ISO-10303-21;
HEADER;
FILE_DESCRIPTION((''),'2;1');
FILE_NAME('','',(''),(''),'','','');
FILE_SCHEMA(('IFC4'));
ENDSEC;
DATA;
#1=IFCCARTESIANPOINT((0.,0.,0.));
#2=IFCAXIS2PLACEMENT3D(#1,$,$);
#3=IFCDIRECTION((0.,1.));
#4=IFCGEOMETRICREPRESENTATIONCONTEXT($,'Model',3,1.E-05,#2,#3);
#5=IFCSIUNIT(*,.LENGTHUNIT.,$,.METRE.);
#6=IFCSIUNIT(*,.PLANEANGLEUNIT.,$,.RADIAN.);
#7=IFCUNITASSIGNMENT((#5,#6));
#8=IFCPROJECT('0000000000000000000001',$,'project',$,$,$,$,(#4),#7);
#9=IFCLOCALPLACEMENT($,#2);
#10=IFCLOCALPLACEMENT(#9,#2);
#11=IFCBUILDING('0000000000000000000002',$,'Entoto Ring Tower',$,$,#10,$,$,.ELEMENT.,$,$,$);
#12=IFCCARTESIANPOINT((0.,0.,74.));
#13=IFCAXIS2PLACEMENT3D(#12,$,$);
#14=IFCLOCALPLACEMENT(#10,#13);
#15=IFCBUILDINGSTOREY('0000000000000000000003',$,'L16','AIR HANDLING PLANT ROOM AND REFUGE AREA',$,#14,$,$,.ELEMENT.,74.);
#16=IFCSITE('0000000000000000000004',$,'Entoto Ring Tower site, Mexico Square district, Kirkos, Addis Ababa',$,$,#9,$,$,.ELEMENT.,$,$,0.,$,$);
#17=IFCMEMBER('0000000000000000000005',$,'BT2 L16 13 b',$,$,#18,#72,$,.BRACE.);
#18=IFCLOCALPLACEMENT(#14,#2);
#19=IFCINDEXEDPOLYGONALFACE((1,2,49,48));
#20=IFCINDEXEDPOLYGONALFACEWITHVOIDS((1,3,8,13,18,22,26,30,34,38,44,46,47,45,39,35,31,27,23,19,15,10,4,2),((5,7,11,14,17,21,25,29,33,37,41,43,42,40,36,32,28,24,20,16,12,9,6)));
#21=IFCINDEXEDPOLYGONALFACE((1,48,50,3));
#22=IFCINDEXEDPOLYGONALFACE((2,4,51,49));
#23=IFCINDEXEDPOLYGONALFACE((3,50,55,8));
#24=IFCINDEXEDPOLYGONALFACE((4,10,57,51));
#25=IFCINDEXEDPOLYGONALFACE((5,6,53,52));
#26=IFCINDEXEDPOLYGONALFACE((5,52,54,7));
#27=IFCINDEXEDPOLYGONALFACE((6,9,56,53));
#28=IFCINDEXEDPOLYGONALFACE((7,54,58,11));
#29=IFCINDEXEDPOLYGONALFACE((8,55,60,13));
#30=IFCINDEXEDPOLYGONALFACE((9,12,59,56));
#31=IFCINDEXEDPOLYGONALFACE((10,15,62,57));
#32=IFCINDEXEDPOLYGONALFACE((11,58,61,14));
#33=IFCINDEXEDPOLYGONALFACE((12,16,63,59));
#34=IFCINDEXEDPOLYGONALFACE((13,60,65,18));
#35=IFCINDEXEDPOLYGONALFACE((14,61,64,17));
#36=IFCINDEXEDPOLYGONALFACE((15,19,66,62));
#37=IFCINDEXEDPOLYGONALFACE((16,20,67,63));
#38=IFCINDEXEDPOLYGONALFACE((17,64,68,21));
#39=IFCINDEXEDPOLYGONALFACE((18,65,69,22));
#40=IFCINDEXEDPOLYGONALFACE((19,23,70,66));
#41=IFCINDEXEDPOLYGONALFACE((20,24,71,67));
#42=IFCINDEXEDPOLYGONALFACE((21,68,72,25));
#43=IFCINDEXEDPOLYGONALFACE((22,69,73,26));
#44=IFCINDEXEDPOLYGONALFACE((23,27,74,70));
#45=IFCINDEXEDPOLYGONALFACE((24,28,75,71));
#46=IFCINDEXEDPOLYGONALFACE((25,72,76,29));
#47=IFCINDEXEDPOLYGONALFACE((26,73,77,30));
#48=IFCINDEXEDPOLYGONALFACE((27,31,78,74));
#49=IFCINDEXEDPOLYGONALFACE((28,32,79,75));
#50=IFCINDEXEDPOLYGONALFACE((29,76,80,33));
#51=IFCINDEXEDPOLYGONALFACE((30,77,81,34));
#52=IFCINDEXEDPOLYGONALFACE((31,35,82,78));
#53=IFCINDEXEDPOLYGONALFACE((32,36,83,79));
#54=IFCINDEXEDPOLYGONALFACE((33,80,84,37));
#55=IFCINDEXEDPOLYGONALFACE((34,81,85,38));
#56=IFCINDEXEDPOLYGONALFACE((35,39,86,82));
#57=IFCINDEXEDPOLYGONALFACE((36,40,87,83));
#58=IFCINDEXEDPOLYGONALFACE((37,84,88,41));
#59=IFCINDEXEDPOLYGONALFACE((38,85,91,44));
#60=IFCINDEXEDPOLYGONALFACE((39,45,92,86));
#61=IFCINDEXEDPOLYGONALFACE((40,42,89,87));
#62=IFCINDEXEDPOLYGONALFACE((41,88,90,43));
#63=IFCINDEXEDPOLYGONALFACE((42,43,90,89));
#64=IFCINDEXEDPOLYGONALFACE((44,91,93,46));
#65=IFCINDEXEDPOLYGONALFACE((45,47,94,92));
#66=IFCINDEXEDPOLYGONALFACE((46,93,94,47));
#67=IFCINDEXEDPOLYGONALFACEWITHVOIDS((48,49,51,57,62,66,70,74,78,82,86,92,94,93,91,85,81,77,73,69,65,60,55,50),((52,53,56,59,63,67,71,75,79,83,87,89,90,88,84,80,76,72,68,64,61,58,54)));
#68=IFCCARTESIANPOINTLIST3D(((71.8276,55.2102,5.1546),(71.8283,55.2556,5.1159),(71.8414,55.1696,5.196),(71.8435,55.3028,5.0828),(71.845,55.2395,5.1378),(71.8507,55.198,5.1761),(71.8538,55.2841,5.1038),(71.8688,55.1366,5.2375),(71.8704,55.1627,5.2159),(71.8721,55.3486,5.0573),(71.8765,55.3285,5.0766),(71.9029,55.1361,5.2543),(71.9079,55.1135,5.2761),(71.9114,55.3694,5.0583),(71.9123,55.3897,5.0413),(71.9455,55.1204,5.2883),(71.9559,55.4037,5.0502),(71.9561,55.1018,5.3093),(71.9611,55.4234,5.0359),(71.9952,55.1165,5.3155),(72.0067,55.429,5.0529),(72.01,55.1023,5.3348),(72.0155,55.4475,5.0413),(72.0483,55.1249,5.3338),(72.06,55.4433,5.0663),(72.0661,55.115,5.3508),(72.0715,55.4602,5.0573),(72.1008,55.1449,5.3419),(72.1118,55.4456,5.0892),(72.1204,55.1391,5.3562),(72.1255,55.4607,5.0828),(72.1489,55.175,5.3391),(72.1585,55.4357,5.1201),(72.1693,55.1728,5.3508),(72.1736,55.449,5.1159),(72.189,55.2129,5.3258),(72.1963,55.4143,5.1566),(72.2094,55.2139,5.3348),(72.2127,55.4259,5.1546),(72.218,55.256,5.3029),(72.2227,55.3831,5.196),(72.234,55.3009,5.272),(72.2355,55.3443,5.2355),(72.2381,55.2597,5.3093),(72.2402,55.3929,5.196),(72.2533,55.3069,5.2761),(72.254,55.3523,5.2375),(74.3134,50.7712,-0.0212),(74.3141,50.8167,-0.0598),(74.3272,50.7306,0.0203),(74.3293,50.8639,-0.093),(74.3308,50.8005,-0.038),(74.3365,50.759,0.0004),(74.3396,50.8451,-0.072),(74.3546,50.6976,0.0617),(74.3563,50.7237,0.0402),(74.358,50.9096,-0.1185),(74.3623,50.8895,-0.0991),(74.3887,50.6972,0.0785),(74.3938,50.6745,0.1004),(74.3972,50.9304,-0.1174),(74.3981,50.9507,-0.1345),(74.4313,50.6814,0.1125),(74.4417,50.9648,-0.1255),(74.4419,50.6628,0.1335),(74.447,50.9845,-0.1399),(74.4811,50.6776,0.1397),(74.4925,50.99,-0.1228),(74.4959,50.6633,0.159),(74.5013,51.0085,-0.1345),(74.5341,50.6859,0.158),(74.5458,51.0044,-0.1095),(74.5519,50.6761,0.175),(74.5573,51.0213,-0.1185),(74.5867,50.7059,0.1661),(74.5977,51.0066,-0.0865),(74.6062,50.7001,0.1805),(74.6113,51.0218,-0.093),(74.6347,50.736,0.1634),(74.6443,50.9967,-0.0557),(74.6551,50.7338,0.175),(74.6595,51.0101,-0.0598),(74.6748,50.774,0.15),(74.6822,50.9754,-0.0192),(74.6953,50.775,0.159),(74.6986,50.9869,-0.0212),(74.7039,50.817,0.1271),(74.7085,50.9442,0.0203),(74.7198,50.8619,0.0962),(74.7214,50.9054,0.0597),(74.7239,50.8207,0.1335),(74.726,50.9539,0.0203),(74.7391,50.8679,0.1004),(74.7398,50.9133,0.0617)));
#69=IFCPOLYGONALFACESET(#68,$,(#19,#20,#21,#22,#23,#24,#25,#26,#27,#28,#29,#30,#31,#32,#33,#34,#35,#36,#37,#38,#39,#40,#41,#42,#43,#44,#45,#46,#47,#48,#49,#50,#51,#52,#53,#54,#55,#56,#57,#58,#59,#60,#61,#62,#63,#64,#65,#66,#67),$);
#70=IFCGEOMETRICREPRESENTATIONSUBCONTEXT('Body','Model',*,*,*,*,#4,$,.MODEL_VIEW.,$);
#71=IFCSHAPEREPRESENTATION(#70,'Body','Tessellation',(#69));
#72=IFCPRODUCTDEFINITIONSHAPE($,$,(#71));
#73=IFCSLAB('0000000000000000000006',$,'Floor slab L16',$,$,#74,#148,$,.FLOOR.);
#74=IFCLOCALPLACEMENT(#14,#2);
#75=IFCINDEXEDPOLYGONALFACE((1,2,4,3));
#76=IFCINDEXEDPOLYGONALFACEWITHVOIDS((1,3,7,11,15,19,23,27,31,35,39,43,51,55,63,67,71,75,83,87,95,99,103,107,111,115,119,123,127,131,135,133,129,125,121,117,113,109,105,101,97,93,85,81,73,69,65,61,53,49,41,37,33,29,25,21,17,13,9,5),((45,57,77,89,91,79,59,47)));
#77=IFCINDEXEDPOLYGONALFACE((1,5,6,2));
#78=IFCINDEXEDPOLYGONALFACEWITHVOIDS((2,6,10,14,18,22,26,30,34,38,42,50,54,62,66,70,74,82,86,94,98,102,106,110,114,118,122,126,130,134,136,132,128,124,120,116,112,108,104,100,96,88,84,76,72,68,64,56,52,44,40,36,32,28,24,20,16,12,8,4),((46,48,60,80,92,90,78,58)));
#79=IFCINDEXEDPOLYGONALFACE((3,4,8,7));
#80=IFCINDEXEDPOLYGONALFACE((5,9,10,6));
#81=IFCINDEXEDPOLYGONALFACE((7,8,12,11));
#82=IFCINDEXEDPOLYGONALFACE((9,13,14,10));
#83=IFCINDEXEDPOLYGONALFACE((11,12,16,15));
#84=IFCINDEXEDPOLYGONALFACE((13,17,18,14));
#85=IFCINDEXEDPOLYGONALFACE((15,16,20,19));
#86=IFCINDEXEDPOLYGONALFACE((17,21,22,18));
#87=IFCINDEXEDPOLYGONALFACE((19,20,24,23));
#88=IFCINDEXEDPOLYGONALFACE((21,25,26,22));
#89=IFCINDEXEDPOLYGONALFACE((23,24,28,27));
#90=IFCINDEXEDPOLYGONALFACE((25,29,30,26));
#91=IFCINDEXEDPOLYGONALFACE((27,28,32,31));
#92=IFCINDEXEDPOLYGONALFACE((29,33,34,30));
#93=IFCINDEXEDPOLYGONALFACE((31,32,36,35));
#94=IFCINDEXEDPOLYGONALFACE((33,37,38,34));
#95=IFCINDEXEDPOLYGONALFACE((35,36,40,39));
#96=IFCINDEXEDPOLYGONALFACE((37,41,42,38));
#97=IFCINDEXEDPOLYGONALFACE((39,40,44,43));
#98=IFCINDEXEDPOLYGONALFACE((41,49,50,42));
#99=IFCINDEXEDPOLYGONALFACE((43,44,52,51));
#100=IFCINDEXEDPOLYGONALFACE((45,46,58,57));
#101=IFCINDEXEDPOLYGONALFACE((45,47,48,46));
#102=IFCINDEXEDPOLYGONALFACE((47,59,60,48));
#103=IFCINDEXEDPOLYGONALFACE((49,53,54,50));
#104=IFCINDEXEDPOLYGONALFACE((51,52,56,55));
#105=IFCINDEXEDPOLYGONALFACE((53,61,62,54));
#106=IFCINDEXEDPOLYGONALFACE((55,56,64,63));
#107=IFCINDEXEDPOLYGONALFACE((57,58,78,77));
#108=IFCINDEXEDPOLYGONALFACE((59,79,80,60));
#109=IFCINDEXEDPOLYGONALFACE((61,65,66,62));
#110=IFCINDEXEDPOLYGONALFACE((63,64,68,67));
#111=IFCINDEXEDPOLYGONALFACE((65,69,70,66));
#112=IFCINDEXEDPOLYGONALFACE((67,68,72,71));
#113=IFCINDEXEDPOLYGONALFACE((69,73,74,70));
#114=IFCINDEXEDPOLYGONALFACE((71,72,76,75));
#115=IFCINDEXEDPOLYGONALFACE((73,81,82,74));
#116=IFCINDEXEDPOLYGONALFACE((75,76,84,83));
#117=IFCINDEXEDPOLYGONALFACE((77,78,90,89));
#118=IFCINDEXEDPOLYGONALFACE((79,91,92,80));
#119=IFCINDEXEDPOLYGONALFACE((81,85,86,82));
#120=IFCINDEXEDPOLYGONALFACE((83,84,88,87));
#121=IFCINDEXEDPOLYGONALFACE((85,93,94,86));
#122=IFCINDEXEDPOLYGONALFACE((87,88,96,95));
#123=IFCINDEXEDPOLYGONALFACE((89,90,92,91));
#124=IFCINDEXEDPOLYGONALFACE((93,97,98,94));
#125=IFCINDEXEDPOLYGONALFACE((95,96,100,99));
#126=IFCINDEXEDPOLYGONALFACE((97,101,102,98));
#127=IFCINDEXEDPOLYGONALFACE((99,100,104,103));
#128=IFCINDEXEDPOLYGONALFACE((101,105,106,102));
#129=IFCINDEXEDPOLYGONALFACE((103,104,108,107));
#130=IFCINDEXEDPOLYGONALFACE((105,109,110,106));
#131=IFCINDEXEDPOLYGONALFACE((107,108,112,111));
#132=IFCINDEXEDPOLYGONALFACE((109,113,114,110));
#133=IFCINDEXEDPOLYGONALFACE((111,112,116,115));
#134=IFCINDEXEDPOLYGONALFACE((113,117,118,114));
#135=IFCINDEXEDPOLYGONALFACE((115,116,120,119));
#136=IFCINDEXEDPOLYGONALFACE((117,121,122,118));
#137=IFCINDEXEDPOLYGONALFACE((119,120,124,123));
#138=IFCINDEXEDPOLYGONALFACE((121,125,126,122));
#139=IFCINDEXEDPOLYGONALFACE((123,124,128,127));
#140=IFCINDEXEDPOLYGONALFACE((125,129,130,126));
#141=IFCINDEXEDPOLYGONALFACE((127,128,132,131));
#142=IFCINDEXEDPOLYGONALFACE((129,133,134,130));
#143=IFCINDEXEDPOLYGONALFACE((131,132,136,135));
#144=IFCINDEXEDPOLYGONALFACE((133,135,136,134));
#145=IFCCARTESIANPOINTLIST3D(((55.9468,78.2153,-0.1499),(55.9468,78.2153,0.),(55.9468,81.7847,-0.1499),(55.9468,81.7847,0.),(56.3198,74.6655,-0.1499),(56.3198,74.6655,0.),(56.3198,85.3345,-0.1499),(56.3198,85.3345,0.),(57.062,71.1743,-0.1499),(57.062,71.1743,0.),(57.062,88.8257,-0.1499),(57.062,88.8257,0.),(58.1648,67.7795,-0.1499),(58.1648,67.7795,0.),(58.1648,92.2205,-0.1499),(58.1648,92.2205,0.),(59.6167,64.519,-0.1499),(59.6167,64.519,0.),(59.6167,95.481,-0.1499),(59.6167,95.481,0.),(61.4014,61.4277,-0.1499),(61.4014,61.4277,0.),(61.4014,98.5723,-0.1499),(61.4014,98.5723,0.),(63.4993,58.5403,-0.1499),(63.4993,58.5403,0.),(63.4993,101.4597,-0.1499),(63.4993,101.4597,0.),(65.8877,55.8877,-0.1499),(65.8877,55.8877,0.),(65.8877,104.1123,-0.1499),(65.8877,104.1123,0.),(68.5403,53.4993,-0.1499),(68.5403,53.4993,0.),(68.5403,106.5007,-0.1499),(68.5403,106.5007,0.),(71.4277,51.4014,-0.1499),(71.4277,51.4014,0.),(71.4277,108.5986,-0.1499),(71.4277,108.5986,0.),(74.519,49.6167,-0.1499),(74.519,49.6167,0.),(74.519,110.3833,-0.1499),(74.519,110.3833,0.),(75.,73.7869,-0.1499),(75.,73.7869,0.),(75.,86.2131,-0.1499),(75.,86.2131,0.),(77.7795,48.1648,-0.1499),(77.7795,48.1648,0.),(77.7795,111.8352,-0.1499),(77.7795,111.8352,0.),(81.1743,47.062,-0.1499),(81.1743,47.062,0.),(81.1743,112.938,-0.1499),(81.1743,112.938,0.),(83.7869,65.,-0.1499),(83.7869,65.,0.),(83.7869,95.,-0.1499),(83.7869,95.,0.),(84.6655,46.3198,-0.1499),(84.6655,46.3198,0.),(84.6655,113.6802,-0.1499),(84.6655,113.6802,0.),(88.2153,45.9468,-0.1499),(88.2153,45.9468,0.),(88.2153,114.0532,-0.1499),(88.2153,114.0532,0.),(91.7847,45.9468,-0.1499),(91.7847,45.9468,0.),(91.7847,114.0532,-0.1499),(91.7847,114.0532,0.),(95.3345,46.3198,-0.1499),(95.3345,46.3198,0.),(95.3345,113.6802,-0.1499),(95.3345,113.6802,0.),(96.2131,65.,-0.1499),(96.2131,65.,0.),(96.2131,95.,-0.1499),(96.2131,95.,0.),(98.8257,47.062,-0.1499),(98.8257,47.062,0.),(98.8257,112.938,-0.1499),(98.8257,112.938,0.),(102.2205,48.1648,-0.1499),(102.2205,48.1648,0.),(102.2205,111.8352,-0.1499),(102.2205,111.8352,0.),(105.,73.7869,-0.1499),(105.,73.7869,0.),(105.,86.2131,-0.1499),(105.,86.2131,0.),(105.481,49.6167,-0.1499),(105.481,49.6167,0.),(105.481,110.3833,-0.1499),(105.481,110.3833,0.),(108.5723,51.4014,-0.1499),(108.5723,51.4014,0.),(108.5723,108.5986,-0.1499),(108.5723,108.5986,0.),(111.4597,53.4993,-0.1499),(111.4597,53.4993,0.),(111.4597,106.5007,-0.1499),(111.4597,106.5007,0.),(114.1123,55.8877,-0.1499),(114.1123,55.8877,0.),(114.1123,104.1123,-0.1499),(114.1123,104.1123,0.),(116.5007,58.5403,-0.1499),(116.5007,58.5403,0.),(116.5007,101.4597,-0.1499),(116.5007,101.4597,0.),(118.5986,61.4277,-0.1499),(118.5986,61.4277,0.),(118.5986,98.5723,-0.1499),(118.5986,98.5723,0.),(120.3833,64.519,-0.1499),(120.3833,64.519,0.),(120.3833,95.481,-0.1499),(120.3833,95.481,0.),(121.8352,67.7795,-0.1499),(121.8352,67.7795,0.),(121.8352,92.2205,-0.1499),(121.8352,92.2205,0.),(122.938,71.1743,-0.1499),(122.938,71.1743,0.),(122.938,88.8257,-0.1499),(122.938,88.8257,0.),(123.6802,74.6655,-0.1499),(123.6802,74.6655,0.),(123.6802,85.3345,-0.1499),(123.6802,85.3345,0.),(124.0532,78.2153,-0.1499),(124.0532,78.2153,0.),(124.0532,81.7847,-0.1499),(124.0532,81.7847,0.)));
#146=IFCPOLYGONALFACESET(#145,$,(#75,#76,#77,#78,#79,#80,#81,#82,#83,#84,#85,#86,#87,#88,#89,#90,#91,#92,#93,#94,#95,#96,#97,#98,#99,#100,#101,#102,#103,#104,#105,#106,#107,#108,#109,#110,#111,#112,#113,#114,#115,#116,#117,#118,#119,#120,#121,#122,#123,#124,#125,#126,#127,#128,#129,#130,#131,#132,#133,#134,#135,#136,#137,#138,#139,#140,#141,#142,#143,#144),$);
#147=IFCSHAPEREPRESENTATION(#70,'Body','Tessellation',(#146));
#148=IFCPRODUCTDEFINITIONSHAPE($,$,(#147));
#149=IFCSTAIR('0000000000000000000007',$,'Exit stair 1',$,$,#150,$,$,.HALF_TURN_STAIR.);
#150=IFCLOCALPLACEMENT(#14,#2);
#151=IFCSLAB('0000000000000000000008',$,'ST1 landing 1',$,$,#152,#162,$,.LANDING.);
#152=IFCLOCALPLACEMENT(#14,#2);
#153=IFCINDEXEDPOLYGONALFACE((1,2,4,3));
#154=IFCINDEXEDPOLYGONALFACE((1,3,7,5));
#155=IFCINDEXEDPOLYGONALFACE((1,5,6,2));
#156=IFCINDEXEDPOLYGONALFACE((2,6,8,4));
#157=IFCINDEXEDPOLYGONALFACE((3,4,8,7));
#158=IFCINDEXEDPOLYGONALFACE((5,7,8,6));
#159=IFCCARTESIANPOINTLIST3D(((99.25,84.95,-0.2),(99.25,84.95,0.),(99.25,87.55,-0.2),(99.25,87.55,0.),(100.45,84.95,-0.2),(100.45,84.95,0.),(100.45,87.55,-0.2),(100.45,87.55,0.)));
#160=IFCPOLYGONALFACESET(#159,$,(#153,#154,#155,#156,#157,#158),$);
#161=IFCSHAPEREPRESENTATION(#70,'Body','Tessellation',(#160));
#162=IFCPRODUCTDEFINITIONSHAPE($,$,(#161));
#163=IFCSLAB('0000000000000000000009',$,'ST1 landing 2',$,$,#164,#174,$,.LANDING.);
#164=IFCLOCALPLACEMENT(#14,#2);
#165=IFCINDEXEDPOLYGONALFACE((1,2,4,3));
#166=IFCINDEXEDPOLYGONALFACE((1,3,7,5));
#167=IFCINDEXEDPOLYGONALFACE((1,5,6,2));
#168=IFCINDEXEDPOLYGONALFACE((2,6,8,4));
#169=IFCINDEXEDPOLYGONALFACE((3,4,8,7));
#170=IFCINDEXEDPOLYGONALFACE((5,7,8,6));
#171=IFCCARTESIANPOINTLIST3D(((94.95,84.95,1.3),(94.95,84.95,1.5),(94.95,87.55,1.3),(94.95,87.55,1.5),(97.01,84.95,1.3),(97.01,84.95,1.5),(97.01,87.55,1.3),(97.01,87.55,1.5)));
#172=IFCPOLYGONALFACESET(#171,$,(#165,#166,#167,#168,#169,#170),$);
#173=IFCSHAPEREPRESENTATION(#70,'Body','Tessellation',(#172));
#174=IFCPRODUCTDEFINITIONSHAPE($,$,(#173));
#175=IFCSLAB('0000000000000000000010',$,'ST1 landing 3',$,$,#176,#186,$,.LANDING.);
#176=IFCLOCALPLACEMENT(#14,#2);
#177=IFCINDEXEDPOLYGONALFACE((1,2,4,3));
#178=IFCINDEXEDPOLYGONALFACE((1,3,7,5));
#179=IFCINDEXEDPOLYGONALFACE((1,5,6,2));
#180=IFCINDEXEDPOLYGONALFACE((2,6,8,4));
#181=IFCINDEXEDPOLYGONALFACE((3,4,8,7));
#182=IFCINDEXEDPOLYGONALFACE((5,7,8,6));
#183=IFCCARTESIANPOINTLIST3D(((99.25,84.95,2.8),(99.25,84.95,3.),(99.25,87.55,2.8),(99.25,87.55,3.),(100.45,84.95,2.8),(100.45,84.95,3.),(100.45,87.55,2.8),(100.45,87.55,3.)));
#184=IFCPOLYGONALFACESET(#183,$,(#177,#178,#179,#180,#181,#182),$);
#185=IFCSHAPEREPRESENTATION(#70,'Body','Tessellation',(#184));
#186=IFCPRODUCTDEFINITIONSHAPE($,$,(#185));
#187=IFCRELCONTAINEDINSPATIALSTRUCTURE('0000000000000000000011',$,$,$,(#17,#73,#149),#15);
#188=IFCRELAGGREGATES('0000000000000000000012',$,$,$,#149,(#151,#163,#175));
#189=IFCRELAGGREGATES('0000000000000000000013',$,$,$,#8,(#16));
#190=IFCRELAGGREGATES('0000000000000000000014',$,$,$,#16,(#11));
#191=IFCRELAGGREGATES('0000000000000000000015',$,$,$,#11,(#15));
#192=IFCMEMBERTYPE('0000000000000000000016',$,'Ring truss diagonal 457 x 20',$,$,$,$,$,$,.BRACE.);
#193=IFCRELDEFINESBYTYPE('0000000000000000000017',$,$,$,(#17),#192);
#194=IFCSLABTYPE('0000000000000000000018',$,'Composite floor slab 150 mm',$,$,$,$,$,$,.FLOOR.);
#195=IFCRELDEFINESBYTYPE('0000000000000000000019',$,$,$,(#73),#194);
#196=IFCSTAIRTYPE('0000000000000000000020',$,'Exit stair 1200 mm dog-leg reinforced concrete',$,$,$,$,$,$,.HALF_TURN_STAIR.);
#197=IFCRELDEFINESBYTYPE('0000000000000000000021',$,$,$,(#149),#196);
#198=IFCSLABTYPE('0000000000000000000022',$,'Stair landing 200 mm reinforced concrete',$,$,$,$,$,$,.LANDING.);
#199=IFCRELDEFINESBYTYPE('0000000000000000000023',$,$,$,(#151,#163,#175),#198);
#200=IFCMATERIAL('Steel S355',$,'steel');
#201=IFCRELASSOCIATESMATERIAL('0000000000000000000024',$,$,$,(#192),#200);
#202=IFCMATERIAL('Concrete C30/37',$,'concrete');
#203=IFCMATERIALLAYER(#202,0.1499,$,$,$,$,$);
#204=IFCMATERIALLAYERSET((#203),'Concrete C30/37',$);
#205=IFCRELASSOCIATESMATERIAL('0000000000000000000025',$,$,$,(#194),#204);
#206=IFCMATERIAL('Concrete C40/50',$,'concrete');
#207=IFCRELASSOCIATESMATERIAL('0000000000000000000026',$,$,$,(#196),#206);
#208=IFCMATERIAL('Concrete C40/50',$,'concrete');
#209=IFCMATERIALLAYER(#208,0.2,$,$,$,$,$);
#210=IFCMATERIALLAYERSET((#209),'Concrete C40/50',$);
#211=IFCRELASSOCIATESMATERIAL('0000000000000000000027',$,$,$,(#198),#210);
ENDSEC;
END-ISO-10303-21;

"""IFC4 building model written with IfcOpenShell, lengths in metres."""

from ifc_helpers import new_model, si_unit, direction, frame, origin, origin_2d, place, context, subcontext, project, spatial, polyline, circle, hollow_circle, outline, extrude, material, layer, layer_set, material_profile, profile_set, type_object, element, aggregate, save


model = new_model("IFC4")

# Units and contexts
model_context = context("Model", 3, precision=1e-05, world=origin(), true_north=direction((0.0, 1.0)))
body_context = subcontext(model_context, "Body", "Model", "MODEL_VIEW")
ifc_project = project(units=[si_unit("LENGTHUNIT", "METRE"), si_unit("PLANEANGLEUNIT", "RADIAN")], contexts=[model_context])

# Site, building, storey
site_placement = place(None, origin())
site = spatial("IfcSite", under=ifc_project, at=site_placement, Name="Entoto Ring Tower site, Mexico Square district, Kirkos, Addis Ababa", CompositionType="ELEMENT", RefElevation=0.0)
building_placement = place(site_placement, origin())
building = spatial("IfcBuilding", under=site, at=building_placement, Name="Entoto Ring Tower", CompositionType="ELEMENT")
storey_placement = place(building_placement, frame((0.0, 0.0, 74.0)))
storey = spatial("IfcBuildingStorey", under=building, at=storey_placement, Name="L16", Description="AIR HANDLING PLANT ROOM AND REFUGE AREA", CompositionType="ELEMENT", Elevation=74.0)

# Member
ifc_material_1 = material(Name="Steel S355", Category="steel")
ifc_material_profile_1 = material_profile(ifc_material_1, hollow_circle(Radius=0.2285, WallThickness=0.02, at=origin_2d()), Name="CHS 457 x 20")
ifc_material_2 = material(Name="Concrete C60/75", Category="concrete")
ifc_material_profile_2 = material_profile(ifc_material_2, circle(Radius=0.2085, at=origin_2d()), Name="Concrete C60/75 infill")
ifc_profile_set_1 = profile_set([ifc_material_profile_1, ifc_material_profile_2], Name="Steel S355")
member_type_1 = type_object("IfcMemberType", Name="Ring truss diagonal 457 x 20", PredefinedType="BRACE", material=ifc_profile_set_1)
for number, where, z_axis, x_axis, name in (
    (1, (72.0408, 55.2812, 5.196), (0.342516, -0.611631, -0.713155), (0.872504, 0.488606, 0.0), "BT2 L16 13 b"),
):
    element("IfcMember", number, at=place(storey_placement, frame(where, z_axis=z_axis, x_axis=x_axis)), inside=storey, type_object=member_type_1, Name=name, PredefinedType="BRACE", context=body_context, shape_type="SweptSolid", body=[
        extrude(hollow_circle(Radius=0.2285, WallThickness=0.02, at=origin_2d()), origin(), (0.0, 0.0, 1.0), 7.2576),
    ])

# Slab
ifc_material_3 = material(Name="Concrete C30/37", Category="concrete")
ifc_layer_1 = layer(ifc_material_3, 0.1499)
ifc_layer_set_1 = layer_set([ifc_layer_1], Name="Concrete C30/37")
slab_type_1 = type_object("IfcSlabType", Name="Composite floor slab 150 mm", PredefinedType="FLOOR", material=ifc_layer_set_1)
slab_1_placement = place(storey_placement, frame((0.0, 0.0, -0.1499)))
element("IfcSlab", 2, at=slab_1_placement, inside=storey, type_object=slab_type_1, Name="Floor slab L16", PredefinedType="FLOOR", context=body_context, shape_type="SweptSolid", body=[
    extrude(outline(polyline([(123.6802, 85.3345), (122.938, 88.8257), (121.8352, 92.2205), (120.3833, 95.481), (118.5986, 98.5723), (116.5007, 101.4597), (114.1123, 104.1123), (111.4597, 106.5007), (108.5723, 108.5986), (105.481, 110.3833), (102.2205, 111.8352), (98.8257, 112.938), (95.3345, 113.6802), (91.7847, 114.0532), (88.2153, 114.0532), (84.6655, 113.6802), (81.1743, 112.938), (77.7795, 111.8352), (74.519, 110.3833), (71.4277, 108.5986), (68.5403, 106.5007), (65.8877, 104.1123), (63.4993, 101.4597), (61.4014, 98.5723), (59.6167, 95.481), (58.1648, 92.2205), (57.062, 88.8257), (56.3198, 85.3345), (55.9468, 81.7847), (55.9468, 78.2153), (56.3198, 74.6655), (57.062, 71.1743), (58.1648, 67.7795), (59.6167, 64.519), (61.4014, 61.4277), (63.4993, 58.5403), (65.8877, 55.8877), (68.5403, 53.4993), (71.4277, 51.4014), (74.519, 49.6167), (77.7795, 48.1648), (81.1743, 47.062), (84.6655, 46.3198), (88.2153, 45.9468), (91.7847, 45.9468), (95.3345, 46.3198), (98.8257, 47.062), (102.2205, 48.1648), (105.481, 49.6167), (108.5723, 51.4014), (111.4597, 53.4993), (114.1123, 55.8877), (116.5007, 58.5403), (118.5986, 61.4277), (120.3833, 64.519), (121.8352, 67.7795), (122.938, 71.1743), (123.6802, 74.6655), (124.0532, 78.2153), (124.0532, 81.7847), (123.6802, 85.3345)]), holes=[polyline([(105.0, 73.7869), (105.0, 86.2131), (96.2131, 95.0), (83.7869, 95.0), (75.0, 86.2131), (75.0, 73.7869), (83.7869, 65.0), (96.2131, 65.0), (105.0, 73.7869)])]), origin(), (0.0, 0.0, 1.0), 0.1499),
])

# Stair, slabs
ifc_material_4 = material(Name="Concrete C40/50", Category="concrete")
stair_type = type_object("IfcStairType", Name="Exit stair 1200 mm dog-leg reinforced concrete", PredefinedType="HALF_TURN_STAIR", material=ifc_material_4)
stair_1_placement = place(storey_placement, origin())
stair_1 = element("IfcStair", 3, at=stair_1_placement, inside=storey, type_object=stair_type, Name="Exit stair 1", PredefinedType="HALF_TURN_STAIR")
ifc_material_5 = material(Name="Concrete C40/50", Category="concrete")
ifc_layer_2 = layer(ifc_material_5, 0.2)
ifc_layer_set_2 = layer_set([ifc_layer_2], Name="Concrete C40/50")
slab_type_2 = type_object("IfcSlabType", Name="Stair landing 200 mm reinforced concrete", PredefinedType="LANDING", material=ifc_layer_set_2)
slab_2_placement = place(storey_placement, frame((0.0, 0.0, -0.2)))
slab_2 = element("IfcSlab", 4, at=slab_2_placement, type_object=slab_type_2, Name="ST1 landing 1", PredefinedType="LANDING", context=body_context, shape_type="SweptSolid", body=[
    extrude(outline(polyline([(100.45, 84.95), (100.45, 87.55), (99.25, 87.55), (99.25, 84.95), (100.45, 84.95)])), origin(), (0.0, 0.0, 1.0), 0.2),
])
slab_3_placement = place(storey_placement, frame((0.0, 0.0, 1.3)))
slab_3 = element("IfcSlab", 5, at=slab_3_placement, type_object=slab_type_2, Name="ST1 landing 2", PredefinedType="LANDING", context=body_context, shape_type="SweptSolid", body=[
    extrude(outline(polyline([(94.95, 84.95), (97.01, 84.95), (97.01, 87.55), (94.95, 87.55), (94.95, 84.95)])), origin(), (0.0, 0.0, 1.0), 0.2),
])
slab_4_placement = place(storey_placement, frame((0.0, 0.0, 2.8)))
slab_4 = element("IfcSlab", 6, at=slab_4_placement, type_object=slab_type_2, Name="ST1 landing 3", PredefinedType="LANDING", context=body_context, shape_type="SweptSolid", body=[
    extrude(outline(polyline([(99.25, 84.95), (100.45, 84.95), (100.45, 87.55), (99.25, 87.55), (99.25, 84.95)])), origin(), (0.0, 0.0, 1.0), 0.2),
])
aggregate(stair_1, [slab_2, slab_3, slab_4])

save(model, "model.ifc")
